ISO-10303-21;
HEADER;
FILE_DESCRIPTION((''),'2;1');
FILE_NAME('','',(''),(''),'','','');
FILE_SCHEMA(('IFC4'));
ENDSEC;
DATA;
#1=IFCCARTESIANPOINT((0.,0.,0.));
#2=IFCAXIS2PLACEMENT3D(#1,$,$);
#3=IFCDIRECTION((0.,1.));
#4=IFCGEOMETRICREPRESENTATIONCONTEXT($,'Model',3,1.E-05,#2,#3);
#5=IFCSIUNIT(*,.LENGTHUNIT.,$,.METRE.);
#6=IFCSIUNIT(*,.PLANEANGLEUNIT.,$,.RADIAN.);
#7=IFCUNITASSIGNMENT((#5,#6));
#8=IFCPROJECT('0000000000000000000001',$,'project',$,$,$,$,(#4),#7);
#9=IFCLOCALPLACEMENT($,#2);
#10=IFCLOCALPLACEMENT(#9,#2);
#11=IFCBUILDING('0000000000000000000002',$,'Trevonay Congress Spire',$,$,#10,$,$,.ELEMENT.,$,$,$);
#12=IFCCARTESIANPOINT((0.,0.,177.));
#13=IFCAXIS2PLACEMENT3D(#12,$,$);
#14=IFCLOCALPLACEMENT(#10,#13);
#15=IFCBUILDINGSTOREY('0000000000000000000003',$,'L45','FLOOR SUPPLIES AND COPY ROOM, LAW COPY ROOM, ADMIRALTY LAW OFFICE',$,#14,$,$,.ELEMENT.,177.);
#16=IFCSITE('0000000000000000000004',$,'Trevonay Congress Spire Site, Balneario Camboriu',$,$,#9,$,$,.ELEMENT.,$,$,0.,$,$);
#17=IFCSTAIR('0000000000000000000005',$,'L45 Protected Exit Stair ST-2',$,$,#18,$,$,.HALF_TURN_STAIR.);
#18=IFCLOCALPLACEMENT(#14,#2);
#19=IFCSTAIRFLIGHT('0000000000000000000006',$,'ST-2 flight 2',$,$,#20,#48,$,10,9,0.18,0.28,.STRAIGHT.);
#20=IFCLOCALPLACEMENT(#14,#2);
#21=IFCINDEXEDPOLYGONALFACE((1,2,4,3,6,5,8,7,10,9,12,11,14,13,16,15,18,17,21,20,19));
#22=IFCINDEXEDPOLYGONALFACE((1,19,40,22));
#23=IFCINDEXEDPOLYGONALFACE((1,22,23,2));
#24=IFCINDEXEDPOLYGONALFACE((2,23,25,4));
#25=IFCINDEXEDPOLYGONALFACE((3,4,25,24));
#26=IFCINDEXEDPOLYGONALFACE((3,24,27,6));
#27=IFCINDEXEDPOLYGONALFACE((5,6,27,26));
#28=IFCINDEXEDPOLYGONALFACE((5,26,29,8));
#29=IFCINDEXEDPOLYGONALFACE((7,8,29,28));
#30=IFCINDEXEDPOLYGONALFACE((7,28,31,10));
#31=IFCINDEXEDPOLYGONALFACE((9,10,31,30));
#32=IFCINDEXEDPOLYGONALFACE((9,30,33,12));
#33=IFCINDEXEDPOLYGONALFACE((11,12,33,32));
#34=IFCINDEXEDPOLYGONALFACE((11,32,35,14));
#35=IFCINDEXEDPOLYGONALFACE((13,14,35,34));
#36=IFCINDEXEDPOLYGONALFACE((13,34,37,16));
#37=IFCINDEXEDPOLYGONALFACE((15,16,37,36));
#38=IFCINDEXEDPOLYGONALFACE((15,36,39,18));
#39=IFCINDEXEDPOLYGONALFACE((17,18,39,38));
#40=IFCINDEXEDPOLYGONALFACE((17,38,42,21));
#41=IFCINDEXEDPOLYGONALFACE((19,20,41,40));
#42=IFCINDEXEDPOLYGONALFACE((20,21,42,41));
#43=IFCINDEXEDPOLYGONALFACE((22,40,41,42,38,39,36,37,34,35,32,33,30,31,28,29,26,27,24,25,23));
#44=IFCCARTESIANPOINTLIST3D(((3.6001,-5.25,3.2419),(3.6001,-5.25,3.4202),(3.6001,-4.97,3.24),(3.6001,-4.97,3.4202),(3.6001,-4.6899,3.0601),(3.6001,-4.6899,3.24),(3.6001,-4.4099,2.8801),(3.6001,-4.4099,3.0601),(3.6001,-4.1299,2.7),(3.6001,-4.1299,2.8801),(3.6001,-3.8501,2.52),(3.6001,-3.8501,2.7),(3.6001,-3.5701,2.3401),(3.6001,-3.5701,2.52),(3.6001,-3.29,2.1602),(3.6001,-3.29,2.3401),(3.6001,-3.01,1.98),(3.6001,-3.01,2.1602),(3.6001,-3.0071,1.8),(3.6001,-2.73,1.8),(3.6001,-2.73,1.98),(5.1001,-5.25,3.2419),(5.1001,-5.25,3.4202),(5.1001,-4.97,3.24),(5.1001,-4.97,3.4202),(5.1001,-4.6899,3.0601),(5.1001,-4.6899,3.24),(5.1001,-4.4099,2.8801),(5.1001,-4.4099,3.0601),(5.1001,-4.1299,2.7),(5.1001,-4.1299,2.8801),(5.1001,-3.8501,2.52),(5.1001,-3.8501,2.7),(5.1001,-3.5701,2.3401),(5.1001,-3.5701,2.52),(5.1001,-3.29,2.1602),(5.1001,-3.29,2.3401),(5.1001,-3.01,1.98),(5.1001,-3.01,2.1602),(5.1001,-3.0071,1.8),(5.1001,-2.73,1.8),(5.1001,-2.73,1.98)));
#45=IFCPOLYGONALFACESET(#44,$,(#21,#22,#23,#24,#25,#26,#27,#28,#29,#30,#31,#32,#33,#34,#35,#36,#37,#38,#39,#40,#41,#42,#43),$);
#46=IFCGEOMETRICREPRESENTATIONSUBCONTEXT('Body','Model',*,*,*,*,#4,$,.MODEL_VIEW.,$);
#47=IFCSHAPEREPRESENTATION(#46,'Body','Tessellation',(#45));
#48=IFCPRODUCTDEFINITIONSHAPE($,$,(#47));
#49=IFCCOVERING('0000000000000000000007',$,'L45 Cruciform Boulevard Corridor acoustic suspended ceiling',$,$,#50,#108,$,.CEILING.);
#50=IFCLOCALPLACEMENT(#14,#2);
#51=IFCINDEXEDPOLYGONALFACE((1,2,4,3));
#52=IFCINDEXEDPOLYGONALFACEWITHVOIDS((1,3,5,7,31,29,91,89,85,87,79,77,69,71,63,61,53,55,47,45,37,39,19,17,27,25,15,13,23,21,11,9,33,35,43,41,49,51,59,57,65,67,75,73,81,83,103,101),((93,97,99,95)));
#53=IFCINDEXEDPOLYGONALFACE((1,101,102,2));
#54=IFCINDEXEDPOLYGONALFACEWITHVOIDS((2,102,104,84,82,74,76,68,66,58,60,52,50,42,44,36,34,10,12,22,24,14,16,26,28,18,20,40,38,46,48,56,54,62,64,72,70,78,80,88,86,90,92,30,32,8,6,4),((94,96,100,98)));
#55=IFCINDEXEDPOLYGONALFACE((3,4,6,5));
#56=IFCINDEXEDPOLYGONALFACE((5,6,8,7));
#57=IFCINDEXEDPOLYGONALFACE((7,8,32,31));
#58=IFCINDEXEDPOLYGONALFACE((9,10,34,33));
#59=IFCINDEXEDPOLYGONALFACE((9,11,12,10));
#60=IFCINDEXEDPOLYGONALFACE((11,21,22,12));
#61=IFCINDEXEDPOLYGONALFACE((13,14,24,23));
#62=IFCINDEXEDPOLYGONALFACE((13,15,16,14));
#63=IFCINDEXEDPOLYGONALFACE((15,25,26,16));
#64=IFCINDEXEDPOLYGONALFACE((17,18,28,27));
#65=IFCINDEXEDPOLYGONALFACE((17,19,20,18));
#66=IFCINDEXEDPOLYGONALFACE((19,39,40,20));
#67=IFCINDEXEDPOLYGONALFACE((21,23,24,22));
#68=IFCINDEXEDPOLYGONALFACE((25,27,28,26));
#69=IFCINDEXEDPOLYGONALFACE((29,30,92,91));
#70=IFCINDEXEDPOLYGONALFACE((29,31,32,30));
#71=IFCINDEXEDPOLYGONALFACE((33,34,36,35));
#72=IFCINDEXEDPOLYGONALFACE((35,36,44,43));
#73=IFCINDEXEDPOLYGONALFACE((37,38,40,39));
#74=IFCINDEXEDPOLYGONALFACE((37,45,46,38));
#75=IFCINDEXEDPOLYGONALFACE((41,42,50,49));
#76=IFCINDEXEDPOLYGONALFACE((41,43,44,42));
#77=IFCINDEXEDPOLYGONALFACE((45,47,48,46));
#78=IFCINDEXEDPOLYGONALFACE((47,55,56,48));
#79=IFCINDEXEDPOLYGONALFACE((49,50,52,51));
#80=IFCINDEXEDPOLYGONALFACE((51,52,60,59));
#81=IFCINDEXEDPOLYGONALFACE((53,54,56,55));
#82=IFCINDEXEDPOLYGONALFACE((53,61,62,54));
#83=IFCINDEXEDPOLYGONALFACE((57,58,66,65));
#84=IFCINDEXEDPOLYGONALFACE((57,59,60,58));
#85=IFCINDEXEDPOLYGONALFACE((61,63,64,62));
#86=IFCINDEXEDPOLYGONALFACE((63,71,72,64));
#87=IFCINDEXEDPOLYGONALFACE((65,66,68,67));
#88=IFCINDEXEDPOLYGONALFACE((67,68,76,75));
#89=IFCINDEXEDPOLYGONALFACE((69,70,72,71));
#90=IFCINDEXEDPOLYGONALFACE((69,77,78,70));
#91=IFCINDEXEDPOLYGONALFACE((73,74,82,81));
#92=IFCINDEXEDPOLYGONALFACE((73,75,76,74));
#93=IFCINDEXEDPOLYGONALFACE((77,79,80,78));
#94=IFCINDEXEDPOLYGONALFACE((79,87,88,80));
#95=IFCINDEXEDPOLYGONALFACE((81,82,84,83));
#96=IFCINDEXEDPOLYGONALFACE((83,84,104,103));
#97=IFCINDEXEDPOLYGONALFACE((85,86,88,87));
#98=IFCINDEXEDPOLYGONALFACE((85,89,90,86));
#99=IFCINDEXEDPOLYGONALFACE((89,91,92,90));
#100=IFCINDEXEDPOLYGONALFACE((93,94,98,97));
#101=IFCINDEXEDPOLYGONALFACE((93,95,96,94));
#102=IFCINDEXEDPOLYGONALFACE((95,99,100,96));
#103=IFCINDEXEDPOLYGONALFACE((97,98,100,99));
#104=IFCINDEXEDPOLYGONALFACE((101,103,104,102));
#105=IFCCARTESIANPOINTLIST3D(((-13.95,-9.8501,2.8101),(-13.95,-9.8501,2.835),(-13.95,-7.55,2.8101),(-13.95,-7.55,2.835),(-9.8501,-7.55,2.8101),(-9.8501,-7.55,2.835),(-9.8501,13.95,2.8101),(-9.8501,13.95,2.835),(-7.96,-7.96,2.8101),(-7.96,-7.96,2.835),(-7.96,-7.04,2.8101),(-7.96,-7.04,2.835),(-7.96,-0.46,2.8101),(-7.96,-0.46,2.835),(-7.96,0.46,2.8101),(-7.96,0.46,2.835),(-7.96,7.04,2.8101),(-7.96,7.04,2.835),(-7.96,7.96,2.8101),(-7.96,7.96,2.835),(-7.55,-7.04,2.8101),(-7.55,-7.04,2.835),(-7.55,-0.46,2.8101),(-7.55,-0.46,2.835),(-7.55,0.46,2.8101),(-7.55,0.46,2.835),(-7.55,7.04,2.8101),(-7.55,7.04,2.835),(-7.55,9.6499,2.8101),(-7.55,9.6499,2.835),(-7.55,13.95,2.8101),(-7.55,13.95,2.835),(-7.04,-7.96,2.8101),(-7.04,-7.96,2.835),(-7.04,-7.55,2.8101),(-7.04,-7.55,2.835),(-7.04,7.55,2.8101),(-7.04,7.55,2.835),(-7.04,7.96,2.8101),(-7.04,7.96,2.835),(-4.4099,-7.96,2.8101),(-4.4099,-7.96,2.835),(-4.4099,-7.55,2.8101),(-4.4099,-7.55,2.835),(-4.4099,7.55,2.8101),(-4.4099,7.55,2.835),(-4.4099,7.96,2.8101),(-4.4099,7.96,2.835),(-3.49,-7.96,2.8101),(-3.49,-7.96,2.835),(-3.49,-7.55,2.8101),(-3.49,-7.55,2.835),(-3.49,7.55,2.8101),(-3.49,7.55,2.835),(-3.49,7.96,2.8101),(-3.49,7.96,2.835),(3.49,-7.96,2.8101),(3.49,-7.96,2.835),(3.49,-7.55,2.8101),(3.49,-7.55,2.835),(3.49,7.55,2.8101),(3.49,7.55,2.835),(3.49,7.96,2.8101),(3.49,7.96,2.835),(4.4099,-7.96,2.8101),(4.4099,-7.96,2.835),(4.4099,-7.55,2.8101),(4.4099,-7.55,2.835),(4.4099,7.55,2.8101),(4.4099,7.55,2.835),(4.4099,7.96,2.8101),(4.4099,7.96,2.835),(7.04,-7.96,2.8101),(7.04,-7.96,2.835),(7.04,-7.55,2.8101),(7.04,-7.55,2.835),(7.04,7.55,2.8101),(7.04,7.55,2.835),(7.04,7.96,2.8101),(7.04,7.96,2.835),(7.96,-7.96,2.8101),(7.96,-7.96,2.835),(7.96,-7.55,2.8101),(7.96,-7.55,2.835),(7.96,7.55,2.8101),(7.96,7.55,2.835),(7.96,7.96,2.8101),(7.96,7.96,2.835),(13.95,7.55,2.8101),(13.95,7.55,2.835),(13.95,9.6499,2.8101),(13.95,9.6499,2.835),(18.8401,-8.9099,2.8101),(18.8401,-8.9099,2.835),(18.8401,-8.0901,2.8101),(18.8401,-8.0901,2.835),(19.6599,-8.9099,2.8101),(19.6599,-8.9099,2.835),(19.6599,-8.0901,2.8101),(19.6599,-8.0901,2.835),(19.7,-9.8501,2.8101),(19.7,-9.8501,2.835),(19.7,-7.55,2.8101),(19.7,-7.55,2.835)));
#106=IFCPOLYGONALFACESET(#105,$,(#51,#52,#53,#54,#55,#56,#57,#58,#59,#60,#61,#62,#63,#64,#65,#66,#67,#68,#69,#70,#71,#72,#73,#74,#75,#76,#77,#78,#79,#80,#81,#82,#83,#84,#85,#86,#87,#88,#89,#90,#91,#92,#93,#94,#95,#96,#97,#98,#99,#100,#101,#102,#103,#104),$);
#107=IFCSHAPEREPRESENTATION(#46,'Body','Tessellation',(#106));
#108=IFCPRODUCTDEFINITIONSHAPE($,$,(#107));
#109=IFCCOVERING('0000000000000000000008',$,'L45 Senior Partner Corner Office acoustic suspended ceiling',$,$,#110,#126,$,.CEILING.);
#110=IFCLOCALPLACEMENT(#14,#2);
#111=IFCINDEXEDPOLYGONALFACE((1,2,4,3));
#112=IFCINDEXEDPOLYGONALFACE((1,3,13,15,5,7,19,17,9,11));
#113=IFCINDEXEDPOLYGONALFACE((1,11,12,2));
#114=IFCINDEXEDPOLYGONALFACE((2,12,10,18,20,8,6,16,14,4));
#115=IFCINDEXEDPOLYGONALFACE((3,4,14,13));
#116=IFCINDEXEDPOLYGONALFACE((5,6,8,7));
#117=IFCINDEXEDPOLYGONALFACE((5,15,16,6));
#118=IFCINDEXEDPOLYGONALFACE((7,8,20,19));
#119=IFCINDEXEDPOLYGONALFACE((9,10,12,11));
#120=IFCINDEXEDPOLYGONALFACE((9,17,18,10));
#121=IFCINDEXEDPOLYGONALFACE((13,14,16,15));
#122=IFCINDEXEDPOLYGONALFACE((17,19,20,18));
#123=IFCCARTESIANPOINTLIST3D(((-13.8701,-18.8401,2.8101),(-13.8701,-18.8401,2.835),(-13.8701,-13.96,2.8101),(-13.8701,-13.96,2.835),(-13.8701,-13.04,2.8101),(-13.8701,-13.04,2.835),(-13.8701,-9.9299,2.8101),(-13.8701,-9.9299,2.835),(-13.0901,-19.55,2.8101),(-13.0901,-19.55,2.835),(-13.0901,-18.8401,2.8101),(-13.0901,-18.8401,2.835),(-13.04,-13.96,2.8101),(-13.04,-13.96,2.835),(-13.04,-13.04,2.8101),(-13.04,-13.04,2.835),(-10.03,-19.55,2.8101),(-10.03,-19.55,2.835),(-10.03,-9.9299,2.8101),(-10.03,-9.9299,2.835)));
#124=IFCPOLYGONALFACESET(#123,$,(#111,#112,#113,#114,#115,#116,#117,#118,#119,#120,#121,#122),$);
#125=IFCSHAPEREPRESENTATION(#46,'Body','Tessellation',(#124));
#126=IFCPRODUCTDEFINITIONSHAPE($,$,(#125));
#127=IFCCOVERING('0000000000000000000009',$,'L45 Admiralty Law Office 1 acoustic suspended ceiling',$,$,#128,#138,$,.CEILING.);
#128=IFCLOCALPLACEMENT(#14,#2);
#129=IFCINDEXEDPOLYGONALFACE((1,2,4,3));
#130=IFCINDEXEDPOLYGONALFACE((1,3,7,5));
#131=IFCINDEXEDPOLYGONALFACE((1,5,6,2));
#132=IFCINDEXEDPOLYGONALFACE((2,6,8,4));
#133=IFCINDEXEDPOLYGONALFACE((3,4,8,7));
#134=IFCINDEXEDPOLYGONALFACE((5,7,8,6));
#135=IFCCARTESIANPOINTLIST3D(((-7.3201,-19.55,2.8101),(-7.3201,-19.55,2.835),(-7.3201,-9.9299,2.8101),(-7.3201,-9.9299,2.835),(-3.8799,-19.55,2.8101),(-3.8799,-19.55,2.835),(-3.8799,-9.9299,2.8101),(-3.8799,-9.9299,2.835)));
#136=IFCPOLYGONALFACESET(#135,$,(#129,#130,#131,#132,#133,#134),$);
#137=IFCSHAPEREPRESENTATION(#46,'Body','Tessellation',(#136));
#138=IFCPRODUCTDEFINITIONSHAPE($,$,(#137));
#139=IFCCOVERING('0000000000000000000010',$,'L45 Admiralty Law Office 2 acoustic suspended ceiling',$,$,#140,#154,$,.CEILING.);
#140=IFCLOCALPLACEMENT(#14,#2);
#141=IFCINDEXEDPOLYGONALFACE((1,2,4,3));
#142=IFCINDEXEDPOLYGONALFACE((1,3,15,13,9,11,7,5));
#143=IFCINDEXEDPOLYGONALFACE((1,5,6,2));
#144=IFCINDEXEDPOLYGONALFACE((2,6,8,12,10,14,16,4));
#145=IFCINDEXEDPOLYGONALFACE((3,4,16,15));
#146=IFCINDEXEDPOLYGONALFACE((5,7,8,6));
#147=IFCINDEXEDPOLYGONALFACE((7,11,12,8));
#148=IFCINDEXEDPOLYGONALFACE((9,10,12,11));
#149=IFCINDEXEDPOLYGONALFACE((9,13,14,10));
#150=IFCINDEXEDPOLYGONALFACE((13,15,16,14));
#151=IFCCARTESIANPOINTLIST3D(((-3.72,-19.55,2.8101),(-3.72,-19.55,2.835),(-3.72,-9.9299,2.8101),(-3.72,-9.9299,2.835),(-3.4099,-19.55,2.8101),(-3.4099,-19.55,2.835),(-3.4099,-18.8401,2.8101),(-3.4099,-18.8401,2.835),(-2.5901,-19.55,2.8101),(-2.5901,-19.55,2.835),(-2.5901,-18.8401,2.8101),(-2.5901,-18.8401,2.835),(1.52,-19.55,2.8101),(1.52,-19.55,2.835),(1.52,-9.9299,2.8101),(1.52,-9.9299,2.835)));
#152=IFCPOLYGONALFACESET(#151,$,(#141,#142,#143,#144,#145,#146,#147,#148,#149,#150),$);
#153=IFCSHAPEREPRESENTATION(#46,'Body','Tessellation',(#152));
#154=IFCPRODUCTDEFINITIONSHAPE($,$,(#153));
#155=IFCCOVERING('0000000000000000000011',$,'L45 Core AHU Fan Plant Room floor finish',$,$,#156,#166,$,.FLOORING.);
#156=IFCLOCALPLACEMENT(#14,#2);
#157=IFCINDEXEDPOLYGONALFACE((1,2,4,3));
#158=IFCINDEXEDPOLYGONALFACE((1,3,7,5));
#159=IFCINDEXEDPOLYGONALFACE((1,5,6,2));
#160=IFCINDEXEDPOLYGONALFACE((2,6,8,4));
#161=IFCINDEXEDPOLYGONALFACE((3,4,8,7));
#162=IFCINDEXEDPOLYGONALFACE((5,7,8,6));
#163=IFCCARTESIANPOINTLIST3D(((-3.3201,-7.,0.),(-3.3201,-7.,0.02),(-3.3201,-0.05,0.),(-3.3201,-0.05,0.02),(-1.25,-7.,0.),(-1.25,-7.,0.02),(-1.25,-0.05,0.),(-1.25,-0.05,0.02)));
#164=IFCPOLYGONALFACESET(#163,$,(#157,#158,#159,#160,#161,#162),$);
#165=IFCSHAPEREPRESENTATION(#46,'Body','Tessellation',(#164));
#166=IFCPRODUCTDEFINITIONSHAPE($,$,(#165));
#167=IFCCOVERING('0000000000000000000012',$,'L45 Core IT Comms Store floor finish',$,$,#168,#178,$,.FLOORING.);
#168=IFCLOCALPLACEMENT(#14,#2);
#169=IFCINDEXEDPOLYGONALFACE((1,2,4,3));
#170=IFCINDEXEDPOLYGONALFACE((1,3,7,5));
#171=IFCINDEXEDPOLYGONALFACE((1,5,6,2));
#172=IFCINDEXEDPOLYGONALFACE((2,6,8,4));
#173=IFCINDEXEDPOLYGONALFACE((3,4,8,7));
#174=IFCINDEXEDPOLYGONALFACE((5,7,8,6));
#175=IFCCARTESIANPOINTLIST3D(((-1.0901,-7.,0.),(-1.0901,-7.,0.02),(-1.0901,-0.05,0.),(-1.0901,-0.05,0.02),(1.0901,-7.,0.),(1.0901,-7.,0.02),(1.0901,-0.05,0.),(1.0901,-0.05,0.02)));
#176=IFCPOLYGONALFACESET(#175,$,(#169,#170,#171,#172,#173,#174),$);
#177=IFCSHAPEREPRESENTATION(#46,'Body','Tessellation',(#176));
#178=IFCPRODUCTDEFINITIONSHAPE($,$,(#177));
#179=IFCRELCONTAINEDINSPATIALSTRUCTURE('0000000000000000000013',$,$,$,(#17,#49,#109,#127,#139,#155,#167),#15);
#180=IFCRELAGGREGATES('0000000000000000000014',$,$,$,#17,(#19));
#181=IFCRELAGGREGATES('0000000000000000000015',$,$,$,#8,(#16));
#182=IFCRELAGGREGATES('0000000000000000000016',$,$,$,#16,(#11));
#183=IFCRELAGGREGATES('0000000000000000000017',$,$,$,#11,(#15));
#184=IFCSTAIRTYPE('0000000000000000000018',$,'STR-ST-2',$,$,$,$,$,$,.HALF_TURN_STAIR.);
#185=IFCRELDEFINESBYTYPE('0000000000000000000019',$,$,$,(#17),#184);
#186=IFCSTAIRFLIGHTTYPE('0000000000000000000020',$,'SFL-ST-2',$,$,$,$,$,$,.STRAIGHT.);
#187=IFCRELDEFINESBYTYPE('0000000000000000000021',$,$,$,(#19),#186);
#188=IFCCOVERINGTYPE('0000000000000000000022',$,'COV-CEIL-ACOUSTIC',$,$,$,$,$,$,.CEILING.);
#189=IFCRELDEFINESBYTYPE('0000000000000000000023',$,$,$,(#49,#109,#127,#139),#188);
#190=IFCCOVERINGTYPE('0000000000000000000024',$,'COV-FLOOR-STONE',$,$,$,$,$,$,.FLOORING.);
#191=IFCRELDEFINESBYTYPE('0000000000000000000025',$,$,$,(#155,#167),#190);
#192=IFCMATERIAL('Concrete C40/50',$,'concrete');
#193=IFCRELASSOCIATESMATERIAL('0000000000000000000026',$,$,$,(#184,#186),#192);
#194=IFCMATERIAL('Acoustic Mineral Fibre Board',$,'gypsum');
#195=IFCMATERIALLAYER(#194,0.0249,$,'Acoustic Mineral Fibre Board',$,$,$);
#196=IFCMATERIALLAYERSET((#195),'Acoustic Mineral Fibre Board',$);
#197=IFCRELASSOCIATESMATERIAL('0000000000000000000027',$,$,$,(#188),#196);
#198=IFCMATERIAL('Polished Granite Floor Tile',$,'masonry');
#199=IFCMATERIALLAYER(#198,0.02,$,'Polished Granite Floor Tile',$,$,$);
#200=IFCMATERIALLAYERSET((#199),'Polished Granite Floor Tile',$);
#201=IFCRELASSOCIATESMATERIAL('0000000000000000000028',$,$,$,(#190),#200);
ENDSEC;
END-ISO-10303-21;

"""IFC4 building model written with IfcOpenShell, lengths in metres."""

from ifc_helpers import new_model, si_unit, direction, frame, origin, place, context, subcontext, project, spatial, polyline, outline, extrude, material, layer, layer_set, type_object, element, aggregate, save


model = new_model("IFC4")

# Units and contexts
model_context = context("Model", 3, precision=1e-05, world=origin(), true_north=direction((0.0, 1.0)))
body_context = subcontext(model_context, "Body", "Model", "MODEL_VIEW")
ifc_project = project(units=[si_unit("LENGTHUNIT", "METRE"), si_unit("PLANEANGLEUNIT", "RADIAN")], contexts=[model_context])

# Site, building, storey
site_placement = place(None, origin())
site = spatial("IfcSite", under=ifc_project, at=site_placement, Name="Trevonay Congress Spire Site, Balneario Camboriu", CompositionType="ELEMENT", RefElevation=0.0)
building_placement = place(site_placement, origin())
building = spatial("IfcBuilding", under=site, at=building_placement, Name="Trevonay Congress Spire", CompositionType="ELEMENT")
storey_placement = place(building_placement, frame((0.0, 0.0, 177.0)))
storey = spatial("IfcBuildingStorey", under=building, at=storey_placement, Name="L45", Description="FLOOR SUPPLIES AND COPY ROOM, LAW COPY ROOM, ADMIRALTY LAW OFFICE", CompositionType="ELEMENT", Elevation=177.0)

# Shared definitions
ifc_material_1 = material(Name="Concrete C40/50", Category="concrete")

# Stair, stair flight
stair_type = type_object("IfcStairType", Name="STR-ST-2", PredefinedType="HALF_TURN_STAIR", material=ifc_material_1)
stair_placement = place(storey_placement, origin())
stair = element("IfcStair", 1, at=stair_placement, inside=storey, type_object=stair_type, Name="L45 Protected Exit Stair ST-2", PredefinedType="HALF_TURN_STAIR")
stair_flight_type = type_object("IfcStairFlightType", Name="SFL-ST-2", PredefinedType="STRAIGHT", material=ifc_material_1)
stair_flight_placement = place(storey_placement, frame((4.3501, -2.73, 1.8), z_axis=(0.0, 0.0, 1.0), x_axis=(0.0, -1.0, 0.0)))
stair_flight = element("IfcStairFlight", 2, at=stair_flight_placement, type_object=stair_flight_type, Name="ST-2 flight 2", NumberOfRisers=10, NumberOfTreads=9, PredefinedType="STRAIGHT", RiserHeight=0.18, TreadLength=0.28, context=body_context, shape_type="SweptSolid", body=[
    extrude(outline(polyline([(0.0, 0.0), (0.0, 0.1799), (0.28, 0.1799), (0.28, 0.3601), (0.5601, 0.3601), (0.5601, 0.54), (0.8401, 0.54), (0.8401, 0.72), (1.1201, 0.72), (1.1201, 0.8999), (1.3999, 0.8999), (1.3999, 1.0801), (1.6799, 1.0801), (1.6799, 1.26), (1.96, 1.26), (1.96, 1.4399), (2.24, 1.4399), (2.24, 1.6201), (2.52, 1.6201), (2.52, 1.8), (2.52, 1.4419), (0.2771, 0.0), (0.0, 0.0)])), frame((0.0, 0.75, 0.0), z_axis=(0.0, -1.0, 0.0), x_axis=(1.0, 0.0, 0.0)), (0.0, 0.0, 1.0), 1.5),
])
aggregate(stair, [stair_flight])

# Coverings
ifc_material_2 = material(Name="Acoustic Mineral Fibre Board", Category="gypsum")
ifc_layer_1 = layer(ifc_material_2, 0.0249, Name="Acoustic Mineral Fibre Board")
ifc_layer_set_1 = layer_set([ifc_layer_1], Name="Acoustic Mineral Fibre Board")
covering_type_1 = type_object("IfcCoveringType", Name="COV-CEIL-ACOUSTIC", PredefinedType="CEILING", material=ifc_layer_set_1)
covering_1_placement = place(storey_placement, frame((0.0, 0.0, 2.8101)))
element("IfcCovering", 3, at=covering_1_placement, inside=storey, type_object=covering_type_1, Name="L45 Cruciform Boulevard Corridor acoustic suspended ceiling", PredefinedType="CEILING", context=body_context, shape_type="SweptSolid", body=[
    extrude(outline(polyline([(19.7, -7.55), (19.7, -9.8501), (-13.95, -9.8501), (-13.95, -7.55), (-9.8501, -7.55), (-9.8501, 13.95), (-7.55, 13.95), (-7.55, 9.6499), (13.95, 9.6499), (13.95, 7.55), (7.96, 7.55), (7.96, 7.96), (7.04, 7.96), (7.04, 7.55), (4.4099, 7.55), (4.4099, 7.96), (3.49, 7.96), (3.49, 7.55), (-3.49, 7.55), (-3.49, 7.96), (-4.4099, 7.96), (-4.4099, 7.55), (-7.04, 7.55), (-7.04, 7.96), (-7.96, 7.96), (-7.96, 7.04), (-7.55, 7.04), (-7.55, 0.46), (-7.96, 0.46), (-7.96, -0.46), (-7.55, -0.46), (-7.55, -7.04), (-7.96, -7.04), (-7.96, -7.96), (-7.04, -7.96), (-7.04, -7.55), (-4.4099, -7.55), (-4.4099, -7.96), (-3.49, -7.96), (-3.49, -7.55), (3.49, -7.55), (3.49, -7.96), (4.4099, -7.96), (4.4099, -7.55), (7.04, -7.55), (7.04, -7.96), (7.96, -7.96), (7.96, -7.55), (19.7, -7.55)]), holes=[polyline([(19.6599, -8.0901), (18.8401, -8.0901), (18.8401, -8.9099), (19.6599, -8.9099), (19.6599, -8.0901)])]), origin(), (0.0, 0.0, 1.0), 0.0249),
])
covering_2_placement = place(storey_placement, frame((0.0, 0.0, 2.8101)))
element("IfcCovering", 4, at=covering_2_placement, inside=storey, type_object=covering_type_1, Name="L45 Senior Partner Corner Office acoustic suspended ceiling", PredefinedType="CEILING", context=body_context, shape_type="SweptSolid", body=[
    extrude(outline(polyline([(-13.8701, -9.9299), (-10.03, -9.9299), (-10.03, -19.55), (-13.0901, -19.55), (-13.0901, -18.8401), (-13.8701, -18.8401), (-13.8701, -13.96), (-13.04, -13.96), (-13.04, -13.04), (-13.8701, -13.04), (-13.8701, -9.9299)])), origin(), (0.0, 0.0, 1.0), 0.0249),
])
covering_3_placement = place(storey_placement, frame((0.0, 0.0, 2.8101)))
element("IfcCovering", 5, at=covering_3_placement, inside=storey, type_object=covering_type_1, Name="L45 Admiralty Law Office 1 acoustic suspended ceiling", PredefinedType="CEILING", context=body_context, shape_type="SweptSolid", body=[
    extrude(outline(polyline([(-7.3201, -19.55), (-3.8799, -19.55), (-3.8799, -9.9299), (-7.3201, -9.9299), (-7.3201, -19.55)])), origin(), (0.0, 0.0, 1.0), 0.0249),
])
covering_4_placement = place(storey_placement, frame((0.0, 0.0, 2.8101)))
element("IfcCovering", 6, at=covering_4_placement, inside=storey, type_object=covering_type_1, Name="L45 Admiralty Law Office 2 acoustic suspended ceiling", PredefinedType="CEILING", context=body_context, shape_type="SweptSolid", body=[
    extrude(outline(polyline([(-3.72, -19.55), (-3.72, -9.9299), (1.52, -9.9299), (1.52, -19.55), (-2.5901, -19.55), (-2.5901, -18.8401), (-3.4099, -18.8401), (-3.4099, -19.55), (-3.72, -19.55)])), origin(), (0.0, 0.0, 1.0), 0.0249),
])
ifc_material_3 = material(Name="Polished Granite Floor Tile", Category="masonry")
ifc_layer_2 = layer(ifc_material_3, 0.02, Name="Polished Granite Floor Tile")
ifc_layer_set_2 = layer_set([ifc_layer_2], Name="Polished Granite Floor Tile")
covering_type_2 = type_object("IfcCoveringType", Name="COV-FLOOR-STONE", PredefinedType="FLOORING", material=ifc_layer_set_2)
covering_5_placement = place(storey_placement, origin())
element("IfcCovering", 7, at=covering_5_placement, inside=storey, type_object=covering_type_2, Name="L45 Core AHU Fan Plant Room floor finish", PredefinedType="FLOORING", context=body_context, shape_type="SweptSolid", body=[
    extrude(outline(polyline([(-3.3201, -7.0), (-1.25, -7.0), (-1.25, -0.05), (-3.3201, -0.05), (-3.3201, -7.0)])), origin(), (0.0, 0.0, 1.0), 0.02),
])
covering_6_placement = place(storey_placement, origin())
element("IfcCovering", 8, at=covering_6_placement, inside=storey, type_object=covering_type_2, Name="L45 Core IT Comms Store floor finish", PredefinedType="FLOORING", context=body_context, shape_type="SweptSolid", body=[
    extrude(outline(polyline([(-1.0901, -7.0), (1.0901, -7.0), (1.0901, -0.05), (-1.0901, -0.05), (-1.0901, -7.0)])), origin(), (0.0, 0.0, 1.0), 0.02),
])

save(model, "model.ifc")
